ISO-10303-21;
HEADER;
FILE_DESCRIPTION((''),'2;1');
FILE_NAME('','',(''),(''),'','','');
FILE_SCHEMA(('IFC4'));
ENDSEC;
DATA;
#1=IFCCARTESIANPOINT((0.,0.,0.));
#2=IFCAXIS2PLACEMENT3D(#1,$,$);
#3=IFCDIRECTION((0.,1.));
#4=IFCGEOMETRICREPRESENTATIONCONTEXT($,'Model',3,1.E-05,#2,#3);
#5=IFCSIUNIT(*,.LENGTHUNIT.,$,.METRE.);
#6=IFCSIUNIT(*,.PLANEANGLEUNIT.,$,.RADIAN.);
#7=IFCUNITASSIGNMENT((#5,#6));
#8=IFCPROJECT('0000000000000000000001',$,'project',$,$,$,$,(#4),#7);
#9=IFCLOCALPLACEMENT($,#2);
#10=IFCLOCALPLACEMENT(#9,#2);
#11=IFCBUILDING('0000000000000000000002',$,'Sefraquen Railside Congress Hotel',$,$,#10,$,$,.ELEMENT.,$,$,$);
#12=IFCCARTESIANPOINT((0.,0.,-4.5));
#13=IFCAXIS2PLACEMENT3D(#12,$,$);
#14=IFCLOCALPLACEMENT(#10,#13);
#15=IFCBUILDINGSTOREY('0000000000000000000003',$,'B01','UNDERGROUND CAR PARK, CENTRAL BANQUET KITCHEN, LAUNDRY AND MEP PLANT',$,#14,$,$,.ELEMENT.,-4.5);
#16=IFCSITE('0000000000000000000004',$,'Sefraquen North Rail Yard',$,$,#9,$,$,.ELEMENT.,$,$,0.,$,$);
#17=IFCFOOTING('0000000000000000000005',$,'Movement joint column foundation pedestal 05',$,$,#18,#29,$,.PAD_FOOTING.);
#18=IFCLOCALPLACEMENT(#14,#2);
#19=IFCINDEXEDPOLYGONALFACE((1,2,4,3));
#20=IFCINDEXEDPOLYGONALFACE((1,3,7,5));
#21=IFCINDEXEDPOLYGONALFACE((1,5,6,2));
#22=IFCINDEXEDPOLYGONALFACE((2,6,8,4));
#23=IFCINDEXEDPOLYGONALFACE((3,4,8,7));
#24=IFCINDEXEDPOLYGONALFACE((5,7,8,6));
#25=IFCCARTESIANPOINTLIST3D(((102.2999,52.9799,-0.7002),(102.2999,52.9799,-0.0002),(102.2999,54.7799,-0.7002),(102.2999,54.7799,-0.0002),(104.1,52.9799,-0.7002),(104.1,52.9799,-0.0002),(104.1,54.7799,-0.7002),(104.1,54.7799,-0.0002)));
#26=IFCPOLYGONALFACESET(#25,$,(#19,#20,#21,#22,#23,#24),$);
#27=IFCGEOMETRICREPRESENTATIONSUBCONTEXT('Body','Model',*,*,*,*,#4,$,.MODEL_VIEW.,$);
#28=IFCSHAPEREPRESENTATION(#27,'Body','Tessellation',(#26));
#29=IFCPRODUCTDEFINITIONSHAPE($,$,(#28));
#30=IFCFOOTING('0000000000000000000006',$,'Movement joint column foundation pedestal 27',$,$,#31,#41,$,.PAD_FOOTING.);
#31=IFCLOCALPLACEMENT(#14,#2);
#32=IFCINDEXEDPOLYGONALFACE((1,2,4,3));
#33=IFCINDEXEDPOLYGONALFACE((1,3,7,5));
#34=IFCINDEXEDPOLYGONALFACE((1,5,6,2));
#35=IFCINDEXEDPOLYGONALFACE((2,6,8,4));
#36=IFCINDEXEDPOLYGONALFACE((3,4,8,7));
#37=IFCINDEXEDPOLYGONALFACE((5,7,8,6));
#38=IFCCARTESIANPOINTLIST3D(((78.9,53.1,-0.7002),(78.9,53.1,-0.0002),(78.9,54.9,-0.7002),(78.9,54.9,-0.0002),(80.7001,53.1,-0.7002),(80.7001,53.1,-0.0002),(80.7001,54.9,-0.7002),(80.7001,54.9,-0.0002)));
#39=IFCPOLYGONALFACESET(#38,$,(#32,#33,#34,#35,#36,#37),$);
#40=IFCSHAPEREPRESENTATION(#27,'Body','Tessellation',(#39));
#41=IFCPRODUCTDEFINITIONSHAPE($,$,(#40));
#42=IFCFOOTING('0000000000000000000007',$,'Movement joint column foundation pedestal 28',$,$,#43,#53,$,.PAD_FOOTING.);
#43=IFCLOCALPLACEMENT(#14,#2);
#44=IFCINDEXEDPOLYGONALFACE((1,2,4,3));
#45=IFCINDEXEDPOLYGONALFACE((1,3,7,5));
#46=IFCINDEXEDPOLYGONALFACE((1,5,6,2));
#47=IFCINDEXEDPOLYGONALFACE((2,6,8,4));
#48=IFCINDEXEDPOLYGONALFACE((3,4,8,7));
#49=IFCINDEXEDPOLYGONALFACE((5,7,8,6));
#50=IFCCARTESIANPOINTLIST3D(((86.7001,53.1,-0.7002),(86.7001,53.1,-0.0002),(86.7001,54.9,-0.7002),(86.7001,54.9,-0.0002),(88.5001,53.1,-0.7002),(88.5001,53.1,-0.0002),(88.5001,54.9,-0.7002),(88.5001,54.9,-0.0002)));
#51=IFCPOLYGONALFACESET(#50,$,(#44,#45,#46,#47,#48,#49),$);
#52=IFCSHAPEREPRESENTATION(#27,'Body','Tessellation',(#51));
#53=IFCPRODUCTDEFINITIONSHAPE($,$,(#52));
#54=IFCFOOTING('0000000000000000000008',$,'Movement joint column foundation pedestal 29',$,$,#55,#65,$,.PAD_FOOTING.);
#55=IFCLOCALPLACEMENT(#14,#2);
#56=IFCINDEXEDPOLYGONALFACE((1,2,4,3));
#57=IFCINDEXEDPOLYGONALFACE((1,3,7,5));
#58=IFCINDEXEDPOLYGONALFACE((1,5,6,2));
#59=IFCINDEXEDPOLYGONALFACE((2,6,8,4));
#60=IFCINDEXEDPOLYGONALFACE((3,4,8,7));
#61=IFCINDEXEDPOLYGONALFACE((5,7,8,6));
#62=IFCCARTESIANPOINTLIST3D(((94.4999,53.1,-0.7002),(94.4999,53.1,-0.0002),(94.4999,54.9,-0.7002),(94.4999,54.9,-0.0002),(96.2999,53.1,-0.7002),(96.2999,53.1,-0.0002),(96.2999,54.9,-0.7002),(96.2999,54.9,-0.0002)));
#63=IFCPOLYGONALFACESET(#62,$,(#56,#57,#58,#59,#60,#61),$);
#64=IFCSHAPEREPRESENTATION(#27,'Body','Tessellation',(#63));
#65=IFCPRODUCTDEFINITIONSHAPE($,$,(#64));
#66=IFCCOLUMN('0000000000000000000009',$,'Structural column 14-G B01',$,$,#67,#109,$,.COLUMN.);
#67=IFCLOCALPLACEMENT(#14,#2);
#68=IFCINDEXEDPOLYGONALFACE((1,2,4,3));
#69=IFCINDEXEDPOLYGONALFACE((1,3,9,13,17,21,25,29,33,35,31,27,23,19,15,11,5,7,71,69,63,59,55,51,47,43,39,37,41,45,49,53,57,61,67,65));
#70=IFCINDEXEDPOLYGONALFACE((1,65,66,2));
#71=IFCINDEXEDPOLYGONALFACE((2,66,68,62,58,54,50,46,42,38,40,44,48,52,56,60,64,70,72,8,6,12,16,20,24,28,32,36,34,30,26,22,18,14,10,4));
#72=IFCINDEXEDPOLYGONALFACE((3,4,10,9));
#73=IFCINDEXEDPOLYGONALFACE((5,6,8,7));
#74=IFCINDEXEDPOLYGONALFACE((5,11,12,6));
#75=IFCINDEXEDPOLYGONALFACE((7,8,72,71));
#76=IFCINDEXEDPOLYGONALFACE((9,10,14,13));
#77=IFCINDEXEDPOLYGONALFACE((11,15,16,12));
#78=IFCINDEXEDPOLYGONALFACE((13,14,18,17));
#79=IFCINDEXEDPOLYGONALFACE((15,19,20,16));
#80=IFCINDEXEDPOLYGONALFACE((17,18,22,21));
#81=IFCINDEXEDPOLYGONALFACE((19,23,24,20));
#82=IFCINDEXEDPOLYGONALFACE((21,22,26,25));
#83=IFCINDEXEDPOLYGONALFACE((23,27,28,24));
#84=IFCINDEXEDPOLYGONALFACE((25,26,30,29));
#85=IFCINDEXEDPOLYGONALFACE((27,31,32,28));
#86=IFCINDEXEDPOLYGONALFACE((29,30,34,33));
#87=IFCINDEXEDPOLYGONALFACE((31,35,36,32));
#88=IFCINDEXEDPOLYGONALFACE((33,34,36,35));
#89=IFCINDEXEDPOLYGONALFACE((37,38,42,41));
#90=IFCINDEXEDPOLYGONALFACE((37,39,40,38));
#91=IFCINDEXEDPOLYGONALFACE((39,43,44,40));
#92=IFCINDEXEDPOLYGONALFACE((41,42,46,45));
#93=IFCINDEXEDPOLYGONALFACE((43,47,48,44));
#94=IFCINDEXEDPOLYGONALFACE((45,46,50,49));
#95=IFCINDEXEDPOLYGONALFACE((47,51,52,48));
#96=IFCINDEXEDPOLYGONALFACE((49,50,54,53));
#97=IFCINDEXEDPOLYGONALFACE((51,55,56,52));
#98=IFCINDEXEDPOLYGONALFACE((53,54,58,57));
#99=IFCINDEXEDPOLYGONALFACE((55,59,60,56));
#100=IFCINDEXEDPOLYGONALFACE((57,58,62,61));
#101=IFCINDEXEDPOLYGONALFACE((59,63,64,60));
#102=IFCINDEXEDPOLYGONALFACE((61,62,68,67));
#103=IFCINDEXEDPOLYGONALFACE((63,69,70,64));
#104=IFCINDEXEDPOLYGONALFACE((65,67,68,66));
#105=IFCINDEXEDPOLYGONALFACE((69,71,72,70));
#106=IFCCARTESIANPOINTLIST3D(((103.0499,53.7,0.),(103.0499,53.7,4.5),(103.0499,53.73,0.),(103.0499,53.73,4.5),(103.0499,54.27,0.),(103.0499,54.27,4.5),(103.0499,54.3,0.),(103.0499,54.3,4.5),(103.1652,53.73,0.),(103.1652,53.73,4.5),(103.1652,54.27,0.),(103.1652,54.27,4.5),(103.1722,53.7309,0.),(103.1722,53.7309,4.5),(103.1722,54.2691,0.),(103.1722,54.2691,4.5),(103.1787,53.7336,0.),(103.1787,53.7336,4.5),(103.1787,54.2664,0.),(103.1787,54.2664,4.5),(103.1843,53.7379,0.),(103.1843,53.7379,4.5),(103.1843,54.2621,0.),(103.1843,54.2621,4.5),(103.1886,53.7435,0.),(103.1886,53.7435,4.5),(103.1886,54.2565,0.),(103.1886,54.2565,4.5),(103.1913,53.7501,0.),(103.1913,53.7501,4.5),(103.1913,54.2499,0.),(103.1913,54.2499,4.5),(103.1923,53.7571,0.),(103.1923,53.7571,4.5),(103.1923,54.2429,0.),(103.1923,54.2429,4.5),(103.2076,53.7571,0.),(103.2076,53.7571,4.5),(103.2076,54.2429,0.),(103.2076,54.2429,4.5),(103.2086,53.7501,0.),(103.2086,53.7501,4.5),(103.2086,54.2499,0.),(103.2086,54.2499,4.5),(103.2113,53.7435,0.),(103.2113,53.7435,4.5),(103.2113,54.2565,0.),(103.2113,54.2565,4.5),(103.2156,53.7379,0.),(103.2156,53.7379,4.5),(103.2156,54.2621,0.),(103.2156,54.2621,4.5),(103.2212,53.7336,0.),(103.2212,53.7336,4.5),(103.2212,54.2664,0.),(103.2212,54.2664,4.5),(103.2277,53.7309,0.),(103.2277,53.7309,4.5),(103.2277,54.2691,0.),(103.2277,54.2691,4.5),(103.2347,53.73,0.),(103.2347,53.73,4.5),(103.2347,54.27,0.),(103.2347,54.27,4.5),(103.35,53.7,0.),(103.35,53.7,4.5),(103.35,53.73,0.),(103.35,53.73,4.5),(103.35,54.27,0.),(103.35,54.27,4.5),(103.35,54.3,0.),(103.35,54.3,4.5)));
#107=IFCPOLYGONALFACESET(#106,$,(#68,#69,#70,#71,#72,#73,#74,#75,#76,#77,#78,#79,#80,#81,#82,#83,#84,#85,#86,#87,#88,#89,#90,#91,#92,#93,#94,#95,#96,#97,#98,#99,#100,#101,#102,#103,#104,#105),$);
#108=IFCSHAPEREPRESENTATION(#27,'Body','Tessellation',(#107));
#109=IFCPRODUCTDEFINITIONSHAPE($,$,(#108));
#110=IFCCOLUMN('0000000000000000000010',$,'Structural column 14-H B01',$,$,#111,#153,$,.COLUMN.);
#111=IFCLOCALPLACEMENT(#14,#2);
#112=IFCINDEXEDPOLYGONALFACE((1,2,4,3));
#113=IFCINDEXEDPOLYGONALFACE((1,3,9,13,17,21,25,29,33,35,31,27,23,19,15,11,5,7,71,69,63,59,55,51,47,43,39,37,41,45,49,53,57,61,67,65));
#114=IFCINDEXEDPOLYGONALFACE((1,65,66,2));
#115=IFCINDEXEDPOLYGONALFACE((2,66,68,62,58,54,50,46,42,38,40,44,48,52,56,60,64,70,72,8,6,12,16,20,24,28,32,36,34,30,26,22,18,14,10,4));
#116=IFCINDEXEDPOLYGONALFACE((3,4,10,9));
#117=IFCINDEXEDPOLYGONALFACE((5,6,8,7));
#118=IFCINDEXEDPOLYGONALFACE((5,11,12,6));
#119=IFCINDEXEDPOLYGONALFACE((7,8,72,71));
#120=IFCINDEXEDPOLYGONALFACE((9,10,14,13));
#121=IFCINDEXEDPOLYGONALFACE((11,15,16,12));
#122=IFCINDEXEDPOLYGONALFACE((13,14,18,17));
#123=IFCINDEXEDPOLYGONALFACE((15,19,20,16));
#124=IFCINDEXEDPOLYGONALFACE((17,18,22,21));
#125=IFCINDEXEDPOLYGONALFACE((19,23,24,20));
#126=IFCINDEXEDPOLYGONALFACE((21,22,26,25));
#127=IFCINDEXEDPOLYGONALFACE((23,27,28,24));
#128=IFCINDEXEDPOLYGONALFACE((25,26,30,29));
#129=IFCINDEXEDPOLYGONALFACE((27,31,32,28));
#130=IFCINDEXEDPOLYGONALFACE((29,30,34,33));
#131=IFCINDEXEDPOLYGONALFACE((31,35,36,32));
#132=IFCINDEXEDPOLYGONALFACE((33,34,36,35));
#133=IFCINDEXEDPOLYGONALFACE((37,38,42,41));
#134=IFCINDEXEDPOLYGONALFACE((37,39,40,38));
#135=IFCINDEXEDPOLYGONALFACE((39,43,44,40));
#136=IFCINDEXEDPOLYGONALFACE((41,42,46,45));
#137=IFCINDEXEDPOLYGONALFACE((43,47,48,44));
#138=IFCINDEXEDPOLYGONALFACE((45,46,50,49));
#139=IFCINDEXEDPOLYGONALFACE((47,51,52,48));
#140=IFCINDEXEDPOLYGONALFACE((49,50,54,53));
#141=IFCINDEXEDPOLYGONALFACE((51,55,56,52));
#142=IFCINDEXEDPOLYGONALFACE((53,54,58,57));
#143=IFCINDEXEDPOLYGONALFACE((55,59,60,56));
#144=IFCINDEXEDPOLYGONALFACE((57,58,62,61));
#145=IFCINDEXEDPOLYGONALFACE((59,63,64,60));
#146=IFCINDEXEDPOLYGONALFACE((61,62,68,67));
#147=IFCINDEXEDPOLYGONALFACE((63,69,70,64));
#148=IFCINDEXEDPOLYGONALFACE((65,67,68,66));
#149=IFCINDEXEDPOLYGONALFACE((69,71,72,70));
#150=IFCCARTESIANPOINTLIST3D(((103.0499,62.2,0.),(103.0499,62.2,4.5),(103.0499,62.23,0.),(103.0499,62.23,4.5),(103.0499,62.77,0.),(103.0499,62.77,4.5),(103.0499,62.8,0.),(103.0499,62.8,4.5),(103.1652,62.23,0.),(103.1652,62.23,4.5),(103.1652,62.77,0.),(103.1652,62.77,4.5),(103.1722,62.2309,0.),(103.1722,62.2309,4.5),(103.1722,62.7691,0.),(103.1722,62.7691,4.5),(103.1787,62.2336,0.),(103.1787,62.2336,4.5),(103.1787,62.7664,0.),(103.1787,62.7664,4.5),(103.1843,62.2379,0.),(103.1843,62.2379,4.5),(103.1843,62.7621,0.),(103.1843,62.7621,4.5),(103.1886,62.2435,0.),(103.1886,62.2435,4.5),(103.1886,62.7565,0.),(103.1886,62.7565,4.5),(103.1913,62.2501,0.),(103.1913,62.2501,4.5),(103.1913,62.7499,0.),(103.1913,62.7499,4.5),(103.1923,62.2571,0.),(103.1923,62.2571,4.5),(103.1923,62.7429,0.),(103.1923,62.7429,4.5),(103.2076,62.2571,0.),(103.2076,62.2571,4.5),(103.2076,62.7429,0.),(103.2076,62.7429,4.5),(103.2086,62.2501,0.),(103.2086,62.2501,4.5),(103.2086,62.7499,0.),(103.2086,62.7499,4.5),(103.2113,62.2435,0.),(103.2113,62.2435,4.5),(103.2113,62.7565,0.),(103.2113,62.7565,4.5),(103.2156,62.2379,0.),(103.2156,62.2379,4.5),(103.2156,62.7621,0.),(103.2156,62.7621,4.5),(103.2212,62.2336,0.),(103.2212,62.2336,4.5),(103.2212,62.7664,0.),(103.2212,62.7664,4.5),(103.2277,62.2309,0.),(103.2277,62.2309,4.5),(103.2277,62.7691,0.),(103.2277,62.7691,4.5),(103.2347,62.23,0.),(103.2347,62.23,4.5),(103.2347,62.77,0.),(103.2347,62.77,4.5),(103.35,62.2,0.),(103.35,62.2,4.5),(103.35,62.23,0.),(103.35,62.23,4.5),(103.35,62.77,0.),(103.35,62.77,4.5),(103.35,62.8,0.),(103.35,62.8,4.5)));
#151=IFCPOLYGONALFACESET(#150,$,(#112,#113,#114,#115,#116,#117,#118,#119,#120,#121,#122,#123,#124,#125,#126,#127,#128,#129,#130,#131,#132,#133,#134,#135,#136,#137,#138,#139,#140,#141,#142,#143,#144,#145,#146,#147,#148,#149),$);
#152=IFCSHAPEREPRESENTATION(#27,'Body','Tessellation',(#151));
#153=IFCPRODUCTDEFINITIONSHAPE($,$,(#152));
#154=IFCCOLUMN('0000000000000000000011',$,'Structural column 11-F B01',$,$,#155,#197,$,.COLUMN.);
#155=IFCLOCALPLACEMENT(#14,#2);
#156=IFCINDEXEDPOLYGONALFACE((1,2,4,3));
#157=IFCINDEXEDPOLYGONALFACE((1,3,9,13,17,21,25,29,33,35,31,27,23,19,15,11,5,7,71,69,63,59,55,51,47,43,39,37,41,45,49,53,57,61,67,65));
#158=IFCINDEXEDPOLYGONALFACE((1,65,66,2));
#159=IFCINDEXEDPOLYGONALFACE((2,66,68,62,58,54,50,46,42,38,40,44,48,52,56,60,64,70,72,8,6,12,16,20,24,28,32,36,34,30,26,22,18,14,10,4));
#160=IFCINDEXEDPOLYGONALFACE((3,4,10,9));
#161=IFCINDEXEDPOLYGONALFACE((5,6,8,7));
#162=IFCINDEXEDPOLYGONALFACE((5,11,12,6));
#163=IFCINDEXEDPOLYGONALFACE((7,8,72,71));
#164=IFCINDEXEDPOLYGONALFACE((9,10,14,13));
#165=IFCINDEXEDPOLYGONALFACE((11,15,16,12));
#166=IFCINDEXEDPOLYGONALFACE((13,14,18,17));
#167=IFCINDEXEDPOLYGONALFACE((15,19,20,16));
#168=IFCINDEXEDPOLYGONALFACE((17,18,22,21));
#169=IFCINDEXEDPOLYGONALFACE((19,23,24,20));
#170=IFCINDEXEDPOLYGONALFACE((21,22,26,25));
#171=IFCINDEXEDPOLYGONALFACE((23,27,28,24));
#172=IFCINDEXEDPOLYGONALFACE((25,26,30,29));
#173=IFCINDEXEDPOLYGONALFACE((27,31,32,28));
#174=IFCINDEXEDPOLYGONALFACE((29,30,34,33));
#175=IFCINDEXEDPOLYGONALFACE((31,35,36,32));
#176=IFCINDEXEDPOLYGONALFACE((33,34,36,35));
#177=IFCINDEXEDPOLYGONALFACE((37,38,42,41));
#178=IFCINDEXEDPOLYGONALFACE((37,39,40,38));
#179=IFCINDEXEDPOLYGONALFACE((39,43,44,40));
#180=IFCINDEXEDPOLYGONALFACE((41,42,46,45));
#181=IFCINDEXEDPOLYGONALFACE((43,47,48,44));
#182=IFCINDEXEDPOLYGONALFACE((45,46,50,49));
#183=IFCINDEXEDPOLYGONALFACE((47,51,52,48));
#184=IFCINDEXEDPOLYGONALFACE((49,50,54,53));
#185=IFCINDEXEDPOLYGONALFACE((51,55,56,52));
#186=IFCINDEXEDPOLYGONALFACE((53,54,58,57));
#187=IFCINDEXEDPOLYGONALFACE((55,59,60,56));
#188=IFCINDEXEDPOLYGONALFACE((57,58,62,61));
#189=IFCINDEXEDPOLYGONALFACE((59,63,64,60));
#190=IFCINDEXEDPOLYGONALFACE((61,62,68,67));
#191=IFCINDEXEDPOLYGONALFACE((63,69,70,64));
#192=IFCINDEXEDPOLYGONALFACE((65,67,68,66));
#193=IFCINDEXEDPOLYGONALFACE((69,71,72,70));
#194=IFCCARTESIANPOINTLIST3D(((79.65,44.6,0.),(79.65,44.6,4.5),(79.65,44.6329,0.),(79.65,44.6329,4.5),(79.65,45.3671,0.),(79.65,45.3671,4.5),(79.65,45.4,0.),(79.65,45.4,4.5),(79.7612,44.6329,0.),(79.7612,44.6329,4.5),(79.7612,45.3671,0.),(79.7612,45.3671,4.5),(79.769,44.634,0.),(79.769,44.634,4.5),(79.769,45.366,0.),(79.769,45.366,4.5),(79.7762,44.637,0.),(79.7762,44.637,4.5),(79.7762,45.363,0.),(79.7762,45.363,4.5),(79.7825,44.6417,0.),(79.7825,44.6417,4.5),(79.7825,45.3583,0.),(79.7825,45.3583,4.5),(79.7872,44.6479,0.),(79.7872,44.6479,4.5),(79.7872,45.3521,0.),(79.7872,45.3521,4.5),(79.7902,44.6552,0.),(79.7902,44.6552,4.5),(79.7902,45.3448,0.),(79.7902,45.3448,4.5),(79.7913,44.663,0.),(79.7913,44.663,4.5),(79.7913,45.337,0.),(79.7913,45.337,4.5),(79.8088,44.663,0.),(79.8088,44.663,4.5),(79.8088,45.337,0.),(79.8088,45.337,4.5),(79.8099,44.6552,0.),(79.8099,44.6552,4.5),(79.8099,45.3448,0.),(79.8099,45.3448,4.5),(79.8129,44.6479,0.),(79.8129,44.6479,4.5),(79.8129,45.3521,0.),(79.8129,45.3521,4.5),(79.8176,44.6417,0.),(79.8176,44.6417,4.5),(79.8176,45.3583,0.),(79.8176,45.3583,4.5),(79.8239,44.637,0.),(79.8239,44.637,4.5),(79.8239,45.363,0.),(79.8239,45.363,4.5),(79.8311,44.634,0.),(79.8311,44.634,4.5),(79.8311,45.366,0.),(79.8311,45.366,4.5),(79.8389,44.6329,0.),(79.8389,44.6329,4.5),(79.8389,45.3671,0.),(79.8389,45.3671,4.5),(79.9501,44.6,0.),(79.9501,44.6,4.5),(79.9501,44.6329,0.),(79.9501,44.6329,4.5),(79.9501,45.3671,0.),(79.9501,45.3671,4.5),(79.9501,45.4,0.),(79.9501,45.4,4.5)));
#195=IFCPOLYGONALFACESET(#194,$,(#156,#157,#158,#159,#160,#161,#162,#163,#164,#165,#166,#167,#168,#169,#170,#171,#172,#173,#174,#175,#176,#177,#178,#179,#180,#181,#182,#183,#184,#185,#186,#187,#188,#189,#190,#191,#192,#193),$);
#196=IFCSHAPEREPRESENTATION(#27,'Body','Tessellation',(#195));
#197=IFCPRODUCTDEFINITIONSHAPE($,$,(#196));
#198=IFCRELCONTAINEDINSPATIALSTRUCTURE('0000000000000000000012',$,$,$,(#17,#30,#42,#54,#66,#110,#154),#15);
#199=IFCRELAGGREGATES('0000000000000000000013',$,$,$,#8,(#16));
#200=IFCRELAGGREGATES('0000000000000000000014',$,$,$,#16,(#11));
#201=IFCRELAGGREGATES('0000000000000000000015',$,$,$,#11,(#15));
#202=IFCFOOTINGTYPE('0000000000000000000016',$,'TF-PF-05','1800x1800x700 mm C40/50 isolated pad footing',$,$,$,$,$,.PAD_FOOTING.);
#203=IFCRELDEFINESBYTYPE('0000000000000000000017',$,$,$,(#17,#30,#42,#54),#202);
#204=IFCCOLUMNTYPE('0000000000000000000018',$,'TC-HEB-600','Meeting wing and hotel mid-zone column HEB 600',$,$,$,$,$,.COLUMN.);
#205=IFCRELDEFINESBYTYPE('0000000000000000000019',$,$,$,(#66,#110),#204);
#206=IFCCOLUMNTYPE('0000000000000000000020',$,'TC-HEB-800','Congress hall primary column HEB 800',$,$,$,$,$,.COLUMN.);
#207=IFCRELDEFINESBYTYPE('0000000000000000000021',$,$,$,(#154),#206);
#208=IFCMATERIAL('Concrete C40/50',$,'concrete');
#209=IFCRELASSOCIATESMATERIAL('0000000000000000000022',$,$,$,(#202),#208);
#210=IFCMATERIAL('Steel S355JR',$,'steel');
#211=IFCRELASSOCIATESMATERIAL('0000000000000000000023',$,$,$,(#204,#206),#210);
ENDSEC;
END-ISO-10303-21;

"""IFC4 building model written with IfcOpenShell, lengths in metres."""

from ifc_helpers import new_model, si_unit, direction, frame, origin, origin_2d, place, context, subcontext, project, spatial, rectangle, i_section, extrude, material, material_profile, profile_set, type_object, element, save


model = new_model("IFC4")

# Units and contexts
model_context = context("Model", 3, precision=1e-05, world=origin(), true_north=direction((0.0, 1.0)))
body_context = subcontext(model_context, "Body", "Model", "MODEL_VIEW")
ifc_project = project(units=[si_unit("LENGTHUNIT", "METRE"), si_unit("PLANEANGLEUNIT", "RADIAN")], contexts=[model_context])

# Site, building, storey
site_placement = place(None, origin())
site = spatial("IfcSite", under=ifc_project, at=site_placement, Name="Sefraquen North Rail Yard", CompositionType="ELEMENT", RefElevation=0.0)
building_placement = place(site_placement, origin())
building = spatial("IfcBuilding", under=site, at=building_placement, Name="Sefraquen Railside Congress Hotel", CompositionType="ELEMENT")
storey_placement = place(building_placement, frame((0.0, 0.0, -4.5)))
storey = spatial("IfcBuildingStorey", under=building, at=storey_placement, Name="B01", Description="UNDERGROUND CAR PARK, CENTRAL BANQUET KITCHEN, LAUNDRY AND MEP PLANT", CompositionType="ELEMENT", Elevation=-4.5)

# Footings
ifc_material_1 = material(Name="Concrete C40/50", Category="concrete")
footing_type = type_object("IfcFootingType", Name="TF-PF-05", Description="1800x1800x700 mm C40/50 isolated pad footing", PredefinedType="PAD_FOOTING", material=ifc_material_1)
for number, where, z_axis, x_axis, name in (
    (1, (103.2, 53.8799, -0.7002), (0.0, 0.0, 1.0), (1.0, 0.0, 0.0), "Movement joint column foundation pedestal 05"),
    (2, (79.8, 54.0, -0.7002), (0.0, 0.0, 1.0), (1.0, 0.0, 0.0), "Movement joint column foundation pedestal 27"),
    (3, (87.6001, 54.0, -0.7002), (0.0, 0.0, 1.0), (1.0, 0.0, 0.0), "Movement joint column foundation pedestal 28"),
    (4, (95.3999, 54.0, -0.7002), (0.0, 0.0, 1.0), (1.0, 0.0, 0.0), "Movement joint column foundation pedestal 29"),
):
    element("IfcFooting", number, at=place(storey_placement, frame(where, z_axis=z_axis, x_axis=x_axis)), inside=storey, type_object=footing_type, Name=name, PredefinedType="PAD_FOOTING", context=body_context, shape_type="SweptSolid", body=[
        extrude(rectangle(XDim=1.8, YDim=1.8, at=origin_2d()), origin(), (0.0, 0.0, 1.0), 0.7),
    ])

# Columns
ifc_material_2 = material(Name="Steel S355JR", Category="steel")
ifc_material_profile_1 = material_profile(ifc_material_2, i_section(OverallWidth=0.3, OverallDepth=0.6001, WebThickness=0.0154, FlangeThickness=0.03, FilletRadius=0.0271, at=origin_2d()), Name="HEB 600")
ifc_profile_set_1 = profile_set([ifc_material_profile_1], Name="Steel S355JR")
column_type_1 = type_object("IfcColumnType", Name="TC-HEB-600", Description="Meeting wing and hotel mid-zone column HEB 600", PredefinedType="COLUMN", material=ifc_profile_set_1)
for number, where, z_axis, x_axis, name in (
    (5, (103.2, 54.0, 0.0), (0.0, 0.0, 1.0), (1.0, 0.0, 0.0), "Structural column 14-G B01"),
    (6, (103.2, 62.5, 0.0), (0.0, 0.0, 1.0), (1.0, 0.0, 0.0), "Structural column 14-H B01"),
):
    element("IfcColumn", number, at=place(storey_placement, frame(where, z_axis=z_axis, x_axis=x_axis)), inside=storey, type_object=column_type_1, Name=name, PredefinedType="COLUMN", context=body_context, shape_type="SweptSolid", body=[
        extrude(i_section(OverallWidth=0.3, OverallDepth=0.6001, WebThickness=0.0154, FlangeThickness=0.03, FilletRadius=0.0271, at=origin_2d()), origin(), (0.0, 0.0, 1.0), 4.5),
    ])
ifc_material_profile_2 = material_profile(ifc_material_2, i_section(OverallWidth=0.3, OverallDepth=0.8, WebThickness=0.0176, FlangeThickness=0.033, FilletRadius=0.03, at=origin_2d()), Name="HEB 800")
ifc_profile_set_2 = profile_set([ifc_material_profile_2], Name="Steel S355JR")
column_type_2 = type_object("IfcColumnType", Name="TC-HEB-800", Description="Congress hall primary column HEB 800", PredefinedType="COLUMN", material=ifc_profile_set_2)
for number, where, z_axis, x_axis, name in (
    (7, (79.8, 45.0, 0.0), (0.0, 0.0, 1.0), (1.0, 0.0, 0.0), "Structural column 11-F B01"),
):
    element("IfcColumn", number, at=place(storey_placement, frame(where, z_axis=z_axis, x_axis=x_axis)), inside=storey, type_object=column_type_2, Name=name, PredefinedType="COLUMN", context=body_context, shape_type="SweptSolid", body=[
        extrude(i_section(OverallWidth=0.3, OverallDepth=0.8, WebThickness=0.0176, FlangeThickness=0.033, FilletRadius=0.03, at=origin_2d()), origin(), (0.0, 0.0, 1.0), 4.5),
    ])

save(model, "model.ifc")
